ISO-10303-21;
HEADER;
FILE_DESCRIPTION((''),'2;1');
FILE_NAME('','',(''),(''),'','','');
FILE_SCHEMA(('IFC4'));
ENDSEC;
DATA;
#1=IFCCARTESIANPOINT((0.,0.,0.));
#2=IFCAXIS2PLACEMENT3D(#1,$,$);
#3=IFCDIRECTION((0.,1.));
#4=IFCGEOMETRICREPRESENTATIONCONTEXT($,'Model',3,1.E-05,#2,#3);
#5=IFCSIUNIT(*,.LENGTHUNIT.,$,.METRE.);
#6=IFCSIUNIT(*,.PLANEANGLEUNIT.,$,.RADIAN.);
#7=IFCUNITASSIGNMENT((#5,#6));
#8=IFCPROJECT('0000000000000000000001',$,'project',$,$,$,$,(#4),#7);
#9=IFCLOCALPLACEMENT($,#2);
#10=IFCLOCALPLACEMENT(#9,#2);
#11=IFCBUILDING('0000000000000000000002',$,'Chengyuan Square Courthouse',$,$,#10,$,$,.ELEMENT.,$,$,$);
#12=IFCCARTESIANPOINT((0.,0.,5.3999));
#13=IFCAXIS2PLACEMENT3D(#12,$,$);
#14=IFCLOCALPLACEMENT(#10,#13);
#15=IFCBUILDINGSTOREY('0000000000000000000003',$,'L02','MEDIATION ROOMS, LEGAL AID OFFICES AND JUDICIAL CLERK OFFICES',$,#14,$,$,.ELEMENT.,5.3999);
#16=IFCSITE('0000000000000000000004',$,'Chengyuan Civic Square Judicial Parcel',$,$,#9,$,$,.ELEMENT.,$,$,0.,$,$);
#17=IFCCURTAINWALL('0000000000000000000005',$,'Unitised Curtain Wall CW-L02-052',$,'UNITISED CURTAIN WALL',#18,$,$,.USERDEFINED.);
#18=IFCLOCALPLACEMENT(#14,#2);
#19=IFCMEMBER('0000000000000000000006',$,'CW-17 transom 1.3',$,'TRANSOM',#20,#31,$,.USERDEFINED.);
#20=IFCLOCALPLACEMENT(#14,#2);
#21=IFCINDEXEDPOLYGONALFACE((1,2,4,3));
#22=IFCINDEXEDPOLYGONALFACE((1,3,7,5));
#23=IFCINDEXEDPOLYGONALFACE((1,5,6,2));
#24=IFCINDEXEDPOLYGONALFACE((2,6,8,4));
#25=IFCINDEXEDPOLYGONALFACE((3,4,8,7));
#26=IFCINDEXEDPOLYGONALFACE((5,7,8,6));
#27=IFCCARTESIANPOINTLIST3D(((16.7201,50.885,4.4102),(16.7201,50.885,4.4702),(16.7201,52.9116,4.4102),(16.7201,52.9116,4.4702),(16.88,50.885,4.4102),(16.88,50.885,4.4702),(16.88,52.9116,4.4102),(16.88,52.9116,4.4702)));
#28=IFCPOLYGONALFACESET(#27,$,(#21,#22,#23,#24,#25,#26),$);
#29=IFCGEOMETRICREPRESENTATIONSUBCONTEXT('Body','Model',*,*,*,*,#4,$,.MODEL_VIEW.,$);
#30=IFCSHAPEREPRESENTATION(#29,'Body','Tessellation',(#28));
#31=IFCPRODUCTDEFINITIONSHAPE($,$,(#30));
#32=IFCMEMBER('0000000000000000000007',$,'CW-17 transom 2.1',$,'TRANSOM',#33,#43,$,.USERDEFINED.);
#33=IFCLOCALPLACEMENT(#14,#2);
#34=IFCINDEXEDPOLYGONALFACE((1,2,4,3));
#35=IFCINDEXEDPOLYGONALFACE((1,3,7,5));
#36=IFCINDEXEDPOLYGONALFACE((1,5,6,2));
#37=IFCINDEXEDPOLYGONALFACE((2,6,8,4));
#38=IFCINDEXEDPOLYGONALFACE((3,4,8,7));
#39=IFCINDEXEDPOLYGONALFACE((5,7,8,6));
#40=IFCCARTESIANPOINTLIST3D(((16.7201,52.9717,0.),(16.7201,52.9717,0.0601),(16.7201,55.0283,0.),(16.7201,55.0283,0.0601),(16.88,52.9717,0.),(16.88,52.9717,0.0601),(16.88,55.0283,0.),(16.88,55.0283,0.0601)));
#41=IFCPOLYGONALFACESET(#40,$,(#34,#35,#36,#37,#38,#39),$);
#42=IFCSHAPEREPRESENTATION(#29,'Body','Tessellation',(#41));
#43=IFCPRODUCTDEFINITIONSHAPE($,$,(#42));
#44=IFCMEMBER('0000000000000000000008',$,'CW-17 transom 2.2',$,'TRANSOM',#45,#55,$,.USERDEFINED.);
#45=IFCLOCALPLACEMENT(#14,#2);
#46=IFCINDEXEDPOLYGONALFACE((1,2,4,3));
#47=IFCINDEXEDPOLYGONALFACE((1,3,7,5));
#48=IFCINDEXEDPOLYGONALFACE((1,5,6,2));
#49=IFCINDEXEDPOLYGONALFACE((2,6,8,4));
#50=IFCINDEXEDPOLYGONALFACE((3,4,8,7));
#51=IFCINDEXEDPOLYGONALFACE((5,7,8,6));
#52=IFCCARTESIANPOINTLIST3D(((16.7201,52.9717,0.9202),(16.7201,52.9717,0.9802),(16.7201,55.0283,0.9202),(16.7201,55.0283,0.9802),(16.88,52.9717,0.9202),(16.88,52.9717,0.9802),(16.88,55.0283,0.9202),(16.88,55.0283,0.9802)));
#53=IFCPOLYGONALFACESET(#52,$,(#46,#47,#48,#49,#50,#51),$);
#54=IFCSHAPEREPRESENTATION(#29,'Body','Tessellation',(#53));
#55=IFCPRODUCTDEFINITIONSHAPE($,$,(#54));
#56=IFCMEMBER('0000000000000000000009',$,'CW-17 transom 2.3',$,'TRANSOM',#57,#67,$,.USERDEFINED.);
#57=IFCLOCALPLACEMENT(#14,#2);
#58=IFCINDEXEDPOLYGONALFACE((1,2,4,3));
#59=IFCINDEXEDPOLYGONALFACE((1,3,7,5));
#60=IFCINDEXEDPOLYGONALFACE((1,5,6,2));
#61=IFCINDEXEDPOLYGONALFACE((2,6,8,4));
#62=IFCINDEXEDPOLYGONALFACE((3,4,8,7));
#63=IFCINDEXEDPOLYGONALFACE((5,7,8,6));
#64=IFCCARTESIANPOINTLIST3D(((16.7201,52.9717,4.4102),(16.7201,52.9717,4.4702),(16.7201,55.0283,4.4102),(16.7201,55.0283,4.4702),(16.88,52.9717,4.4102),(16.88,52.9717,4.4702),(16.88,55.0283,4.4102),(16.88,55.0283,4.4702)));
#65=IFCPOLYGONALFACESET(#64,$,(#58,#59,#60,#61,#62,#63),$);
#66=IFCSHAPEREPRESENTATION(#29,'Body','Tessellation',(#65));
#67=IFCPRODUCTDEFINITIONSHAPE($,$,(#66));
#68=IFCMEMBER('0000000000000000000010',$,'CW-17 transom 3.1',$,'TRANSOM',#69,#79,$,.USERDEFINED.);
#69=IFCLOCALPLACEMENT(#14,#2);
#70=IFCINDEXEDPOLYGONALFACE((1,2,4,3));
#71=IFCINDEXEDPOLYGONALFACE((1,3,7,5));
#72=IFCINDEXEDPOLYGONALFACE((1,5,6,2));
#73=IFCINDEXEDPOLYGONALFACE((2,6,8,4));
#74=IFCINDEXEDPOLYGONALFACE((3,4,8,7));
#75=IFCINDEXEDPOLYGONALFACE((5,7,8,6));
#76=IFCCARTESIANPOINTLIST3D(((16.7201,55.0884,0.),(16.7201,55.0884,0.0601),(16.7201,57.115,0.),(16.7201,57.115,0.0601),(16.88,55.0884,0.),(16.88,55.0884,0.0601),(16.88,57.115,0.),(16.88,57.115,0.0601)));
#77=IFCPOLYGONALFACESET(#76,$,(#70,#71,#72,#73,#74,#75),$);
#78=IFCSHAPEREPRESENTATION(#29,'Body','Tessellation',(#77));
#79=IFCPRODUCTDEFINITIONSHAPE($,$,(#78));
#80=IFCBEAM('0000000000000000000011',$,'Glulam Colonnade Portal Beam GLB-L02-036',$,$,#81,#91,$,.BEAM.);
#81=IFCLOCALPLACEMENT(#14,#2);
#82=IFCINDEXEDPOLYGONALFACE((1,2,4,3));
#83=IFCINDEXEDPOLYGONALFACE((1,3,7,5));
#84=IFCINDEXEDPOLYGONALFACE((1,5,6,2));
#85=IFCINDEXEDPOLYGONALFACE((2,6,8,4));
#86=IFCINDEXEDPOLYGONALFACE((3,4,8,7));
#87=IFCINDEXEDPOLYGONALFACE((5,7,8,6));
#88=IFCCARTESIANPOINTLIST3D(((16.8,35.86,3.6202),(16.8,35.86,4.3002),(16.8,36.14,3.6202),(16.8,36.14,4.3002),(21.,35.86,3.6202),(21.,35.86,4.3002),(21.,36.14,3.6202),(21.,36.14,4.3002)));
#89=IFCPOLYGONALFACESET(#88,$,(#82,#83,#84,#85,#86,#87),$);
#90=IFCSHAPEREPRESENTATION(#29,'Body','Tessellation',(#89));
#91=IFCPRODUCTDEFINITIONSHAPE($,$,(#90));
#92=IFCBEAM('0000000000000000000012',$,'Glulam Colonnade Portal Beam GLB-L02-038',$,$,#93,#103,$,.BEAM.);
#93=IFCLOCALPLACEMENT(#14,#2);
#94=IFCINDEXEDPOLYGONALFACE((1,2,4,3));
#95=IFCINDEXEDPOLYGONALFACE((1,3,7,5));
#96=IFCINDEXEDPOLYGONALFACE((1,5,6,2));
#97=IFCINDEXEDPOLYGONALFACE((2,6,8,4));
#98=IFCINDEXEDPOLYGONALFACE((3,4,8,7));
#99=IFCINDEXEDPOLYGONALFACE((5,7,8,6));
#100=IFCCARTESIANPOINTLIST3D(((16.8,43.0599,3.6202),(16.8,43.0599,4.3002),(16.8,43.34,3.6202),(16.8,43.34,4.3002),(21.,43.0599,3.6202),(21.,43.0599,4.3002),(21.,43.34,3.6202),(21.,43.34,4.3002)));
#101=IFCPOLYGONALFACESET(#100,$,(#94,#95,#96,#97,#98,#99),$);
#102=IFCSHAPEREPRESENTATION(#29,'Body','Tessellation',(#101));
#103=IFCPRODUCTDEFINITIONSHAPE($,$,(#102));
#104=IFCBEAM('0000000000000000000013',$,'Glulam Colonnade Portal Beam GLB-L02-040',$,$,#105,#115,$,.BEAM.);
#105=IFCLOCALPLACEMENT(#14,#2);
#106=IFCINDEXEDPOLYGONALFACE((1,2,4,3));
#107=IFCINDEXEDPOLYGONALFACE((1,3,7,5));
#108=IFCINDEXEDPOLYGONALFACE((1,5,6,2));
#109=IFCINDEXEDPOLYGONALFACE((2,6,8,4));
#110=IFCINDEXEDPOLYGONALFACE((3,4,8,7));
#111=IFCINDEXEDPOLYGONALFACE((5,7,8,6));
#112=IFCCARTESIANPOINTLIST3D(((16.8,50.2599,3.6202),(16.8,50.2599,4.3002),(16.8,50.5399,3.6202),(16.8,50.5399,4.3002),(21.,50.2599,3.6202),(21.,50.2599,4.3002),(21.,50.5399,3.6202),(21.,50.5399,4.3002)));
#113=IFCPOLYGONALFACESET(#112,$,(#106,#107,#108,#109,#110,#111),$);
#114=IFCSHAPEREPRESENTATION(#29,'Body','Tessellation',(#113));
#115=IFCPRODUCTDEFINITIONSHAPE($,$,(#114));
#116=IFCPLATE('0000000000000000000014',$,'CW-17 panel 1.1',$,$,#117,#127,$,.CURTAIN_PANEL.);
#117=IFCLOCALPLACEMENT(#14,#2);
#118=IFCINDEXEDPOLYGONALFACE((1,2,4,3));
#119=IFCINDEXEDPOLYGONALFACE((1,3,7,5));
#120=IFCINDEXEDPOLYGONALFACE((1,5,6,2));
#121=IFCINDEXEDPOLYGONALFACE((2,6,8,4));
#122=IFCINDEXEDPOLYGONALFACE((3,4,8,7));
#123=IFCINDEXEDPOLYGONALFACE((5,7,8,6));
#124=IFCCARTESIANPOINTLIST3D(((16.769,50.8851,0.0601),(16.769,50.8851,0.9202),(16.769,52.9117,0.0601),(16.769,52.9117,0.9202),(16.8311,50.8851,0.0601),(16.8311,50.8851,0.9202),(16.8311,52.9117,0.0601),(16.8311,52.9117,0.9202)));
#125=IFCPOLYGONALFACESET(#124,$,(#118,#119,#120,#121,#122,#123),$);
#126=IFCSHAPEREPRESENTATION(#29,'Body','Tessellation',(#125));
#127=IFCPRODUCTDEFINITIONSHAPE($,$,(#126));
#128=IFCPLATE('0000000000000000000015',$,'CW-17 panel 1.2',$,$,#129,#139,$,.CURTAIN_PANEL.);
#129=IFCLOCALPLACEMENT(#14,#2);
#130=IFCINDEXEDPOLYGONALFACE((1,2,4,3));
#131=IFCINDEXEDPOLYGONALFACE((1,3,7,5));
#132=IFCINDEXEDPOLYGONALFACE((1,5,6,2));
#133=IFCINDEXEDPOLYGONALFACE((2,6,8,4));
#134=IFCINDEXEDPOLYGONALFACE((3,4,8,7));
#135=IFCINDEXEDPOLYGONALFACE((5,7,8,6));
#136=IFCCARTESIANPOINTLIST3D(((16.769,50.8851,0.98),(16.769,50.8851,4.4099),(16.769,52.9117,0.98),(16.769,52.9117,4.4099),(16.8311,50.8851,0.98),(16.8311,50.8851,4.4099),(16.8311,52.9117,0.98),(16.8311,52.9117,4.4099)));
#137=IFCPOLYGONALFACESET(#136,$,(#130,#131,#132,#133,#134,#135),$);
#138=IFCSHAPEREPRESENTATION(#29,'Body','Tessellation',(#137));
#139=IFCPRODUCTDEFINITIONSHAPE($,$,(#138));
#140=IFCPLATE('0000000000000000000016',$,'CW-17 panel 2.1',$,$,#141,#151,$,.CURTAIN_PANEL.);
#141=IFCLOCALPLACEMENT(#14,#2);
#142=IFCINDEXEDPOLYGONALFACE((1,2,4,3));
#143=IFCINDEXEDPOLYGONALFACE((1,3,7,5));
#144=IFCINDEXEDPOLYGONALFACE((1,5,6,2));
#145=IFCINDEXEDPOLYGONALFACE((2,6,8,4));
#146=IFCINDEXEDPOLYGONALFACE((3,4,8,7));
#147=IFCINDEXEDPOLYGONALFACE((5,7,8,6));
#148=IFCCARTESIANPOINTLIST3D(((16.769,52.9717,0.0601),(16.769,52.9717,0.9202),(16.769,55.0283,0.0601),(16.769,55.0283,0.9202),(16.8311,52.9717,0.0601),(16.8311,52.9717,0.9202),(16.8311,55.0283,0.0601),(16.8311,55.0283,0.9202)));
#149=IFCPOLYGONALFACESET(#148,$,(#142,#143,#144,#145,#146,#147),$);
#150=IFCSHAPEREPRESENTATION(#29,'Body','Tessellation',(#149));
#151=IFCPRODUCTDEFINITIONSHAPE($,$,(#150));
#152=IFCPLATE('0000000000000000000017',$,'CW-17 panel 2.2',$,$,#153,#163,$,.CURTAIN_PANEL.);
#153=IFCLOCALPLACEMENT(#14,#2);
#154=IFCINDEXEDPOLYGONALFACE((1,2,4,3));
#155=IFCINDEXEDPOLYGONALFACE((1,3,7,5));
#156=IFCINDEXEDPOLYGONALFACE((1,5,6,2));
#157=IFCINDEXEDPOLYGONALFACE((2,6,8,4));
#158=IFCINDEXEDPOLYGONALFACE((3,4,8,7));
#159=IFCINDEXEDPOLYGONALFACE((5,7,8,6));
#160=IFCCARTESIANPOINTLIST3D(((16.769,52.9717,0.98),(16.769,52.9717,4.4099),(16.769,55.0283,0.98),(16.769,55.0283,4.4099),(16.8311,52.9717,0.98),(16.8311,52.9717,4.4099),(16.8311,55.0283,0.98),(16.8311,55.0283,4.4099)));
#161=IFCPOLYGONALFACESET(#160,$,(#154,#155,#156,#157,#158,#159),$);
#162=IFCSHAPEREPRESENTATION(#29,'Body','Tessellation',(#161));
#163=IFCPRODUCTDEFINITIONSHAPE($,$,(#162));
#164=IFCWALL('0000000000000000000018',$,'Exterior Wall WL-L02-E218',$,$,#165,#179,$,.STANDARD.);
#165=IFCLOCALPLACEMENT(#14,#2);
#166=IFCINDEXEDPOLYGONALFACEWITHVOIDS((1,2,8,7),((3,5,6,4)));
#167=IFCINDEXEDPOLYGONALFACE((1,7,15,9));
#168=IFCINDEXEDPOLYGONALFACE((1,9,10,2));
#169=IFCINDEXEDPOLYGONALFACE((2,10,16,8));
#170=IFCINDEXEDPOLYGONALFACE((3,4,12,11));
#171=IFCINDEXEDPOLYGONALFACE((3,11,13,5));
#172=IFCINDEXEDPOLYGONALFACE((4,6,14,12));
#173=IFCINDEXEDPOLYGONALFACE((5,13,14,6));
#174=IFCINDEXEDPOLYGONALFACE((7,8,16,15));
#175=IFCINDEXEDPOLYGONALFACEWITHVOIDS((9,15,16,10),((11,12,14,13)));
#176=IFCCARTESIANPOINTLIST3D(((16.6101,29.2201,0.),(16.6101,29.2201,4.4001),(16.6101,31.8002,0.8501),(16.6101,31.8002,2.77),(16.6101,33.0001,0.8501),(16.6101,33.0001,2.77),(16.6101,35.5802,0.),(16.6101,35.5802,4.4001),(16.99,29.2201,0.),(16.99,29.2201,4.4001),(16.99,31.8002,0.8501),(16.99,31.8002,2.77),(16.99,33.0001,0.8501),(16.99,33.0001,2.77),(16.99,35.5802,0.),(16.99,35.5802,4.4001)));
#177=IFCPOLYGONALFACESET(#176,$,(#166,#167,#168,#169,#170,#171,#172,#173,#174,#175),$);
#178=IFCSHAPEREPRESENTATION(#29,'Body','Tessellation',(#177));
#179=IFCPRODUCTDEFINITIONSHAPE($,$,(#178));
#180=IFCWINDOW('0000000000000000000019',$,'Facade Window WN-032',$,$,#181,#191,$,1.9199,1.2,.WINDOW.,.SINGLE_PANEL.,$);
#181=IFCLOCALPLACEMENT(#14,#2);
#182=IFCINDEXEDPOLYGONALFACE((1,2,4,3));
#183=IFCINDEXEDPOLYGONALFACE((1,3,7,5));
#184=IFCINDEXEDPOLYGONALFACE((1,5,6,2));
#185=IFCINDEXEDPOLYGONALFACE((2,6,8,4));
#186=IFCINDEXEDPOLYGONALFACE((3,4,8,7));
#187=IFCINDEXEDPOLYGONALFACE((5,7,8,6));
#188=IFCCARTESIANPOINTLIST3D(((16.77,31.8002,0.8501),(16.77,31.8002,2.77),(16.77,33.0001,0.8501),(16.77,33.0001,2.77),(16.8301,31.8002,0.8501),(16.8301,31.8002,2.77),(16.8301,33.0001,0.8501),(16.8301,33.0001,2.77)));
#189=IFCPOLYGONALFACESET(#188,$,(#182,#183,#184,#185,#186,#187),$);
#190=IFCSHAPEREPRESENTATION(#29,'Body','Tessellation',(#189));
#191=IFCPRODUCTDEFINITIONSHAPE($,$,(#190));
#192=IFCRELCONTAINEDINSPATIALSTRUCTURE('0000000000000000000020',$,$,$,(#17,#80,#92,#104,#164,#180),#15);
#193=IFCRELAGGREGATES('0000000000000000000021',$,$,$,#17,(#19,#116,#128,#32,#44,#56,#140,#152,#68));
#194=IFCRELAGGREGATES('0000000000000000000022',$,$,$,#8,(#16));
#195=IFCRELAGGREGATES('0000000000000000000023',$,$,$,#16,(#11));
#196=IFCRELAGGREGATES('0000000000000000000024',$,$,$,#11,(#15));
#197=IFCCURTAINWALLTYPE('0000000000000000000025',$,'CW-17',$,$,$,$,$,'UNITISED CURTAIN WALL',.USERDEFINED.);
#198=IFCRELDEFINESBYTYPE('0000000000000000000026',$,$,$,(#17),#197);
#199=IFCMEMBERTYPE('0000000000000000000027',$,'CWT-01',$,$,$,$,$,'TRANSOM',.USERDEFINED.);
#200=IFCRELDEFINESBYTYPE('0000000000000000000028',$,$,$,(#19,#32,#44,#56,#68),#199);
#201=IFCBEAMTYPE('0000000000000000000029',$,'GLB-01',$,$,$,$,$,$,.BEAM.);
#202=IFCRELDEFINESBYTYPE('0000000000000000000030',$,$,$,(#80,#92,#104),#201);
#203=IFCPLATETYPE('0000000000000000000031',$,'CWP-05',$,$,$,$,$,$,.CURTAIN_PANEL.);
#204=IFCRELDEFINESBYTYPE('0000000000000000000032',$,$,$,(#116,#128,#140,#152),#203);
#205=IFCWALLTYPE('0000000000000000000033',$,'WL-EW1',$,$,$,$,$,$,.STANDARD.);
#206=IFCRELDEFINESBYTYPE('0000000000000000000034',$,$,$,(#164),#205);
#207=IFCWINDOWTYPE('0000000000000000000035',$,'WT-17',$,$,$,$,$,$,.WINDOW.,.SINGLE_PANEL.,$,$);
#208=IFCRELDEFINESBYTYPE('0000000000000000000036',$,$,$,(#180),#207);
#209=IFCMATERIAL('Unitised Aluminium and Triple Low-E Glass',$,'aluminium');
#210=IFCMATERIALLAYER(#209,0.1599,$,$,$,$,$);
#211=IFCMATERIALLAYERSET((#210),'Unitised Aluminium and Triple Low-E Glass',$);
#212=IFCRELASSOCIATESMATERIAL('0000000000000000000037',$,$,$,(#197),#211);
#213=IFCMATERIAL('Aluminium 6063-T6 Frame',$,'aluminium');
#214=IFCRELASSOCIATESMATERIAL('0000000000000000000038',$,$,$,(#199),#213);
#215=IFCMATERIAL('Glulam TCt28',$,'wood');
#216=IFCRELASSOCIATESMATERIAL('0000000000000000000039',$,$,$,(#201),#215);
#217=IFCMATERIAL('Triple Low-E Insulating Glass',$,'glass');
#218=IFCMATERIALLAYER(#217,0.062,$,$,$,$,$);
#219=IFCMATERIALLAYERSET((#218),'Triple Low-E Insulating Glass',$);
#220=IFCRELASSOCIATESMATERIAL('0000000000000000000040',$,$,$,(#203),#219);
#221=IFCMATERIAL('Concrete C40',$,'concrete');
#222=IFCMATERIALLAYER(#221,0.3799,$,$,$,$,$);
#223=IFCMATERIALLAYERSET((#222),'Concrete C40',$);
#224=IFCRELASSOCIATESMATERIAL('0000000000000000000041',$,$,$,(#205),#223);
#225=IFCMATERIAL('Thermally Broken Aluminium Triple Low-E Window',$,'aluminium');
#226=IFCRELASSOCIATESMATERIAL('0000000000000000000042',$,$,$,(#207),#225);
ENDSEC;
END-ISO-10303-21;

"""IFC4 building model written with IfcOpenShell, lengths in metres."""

from ifc_helpers import new_model, si_unit, direction, frame, frame_2d, origin, origin_2d, place, context, subcontext, project, spatial, rectangle, extrude, material, layer, layer_set, material_profile, profile_set, type_object, element, fill, aggregate, save


model = new_model("IFC4")

# Units and contexts
model_context = context("Model", 3, precision=1e-05, world=origin(), true_north=direction((0.0, 1.0)))
body_context = subcontext(model_context, "Body", "Model", "MODEL_VIEW")
ifc_project = project(units=[si_unit("LENGTHUNIT", "METRE"), si_unit("PLANEANGLEUNIT", "RADIAN")], contexts=[model_context])

# Site, building, storey
site_placement = place(None, origin())
site = spatial("IfcSite", under=ifc_project, at=site_placement, Name="Chengyuan Civic Square Judicial Parcel", CompositionType="ELEMENT", RefElevation=0.0)
building_placement = place(site_placement, origin())
building = spatial("IfcBuilding", under=site, at=building_placement, Name="Chengyuan Square Courthouse", CompositionType="ELEMENT")
storey_placement = place(building_placement, frame((0.0, 0.0, 5.3999)))
storey = spatial("IfcBuildingStorey", under=building, at=storey_placement, Name="L02", Description="MEDIATION ROOMS, LEGAL AID OFFICES AND JUDICIAL CLERK OFFICES", CompositionType="ELEMENT", Elevation=5.3999)

# Shared definitions
ifc_material_1 = material(Name="Concrete C40", Category="concrete")

# Curtain wall, members
ifc_material_2 = material(Name="Unitised Aluminium and Triple Low-E Glass", Category="aluminium")
ifc_layer_1 = layer(ifc_material_2, 0.1599)
ifc_layer_set_1 = layer_set([ifc_layer_1], Name="Unitised Aluminium and Triple Low-E Glass")
curtain_wall_type = type_object("IfcCurtainWallType", Name="CW-17", ElementType="UNITISED CURTAIN WALL", PredefinedType="USERDEFINED", material=ifc_layer_set_1)
curtain_wall_placement = place(storey_placement, origin())
curtain_wall = element("IfcCurtainWall", 1, at=curtain_wall_placement, inside=storey, type_object=curtain_wall_type, Name="Unitised Curtain Wall CW-L02-052", ObjectType="UNITISED CURTAIN WALL", PredefinedType="USERDEFINED")
ifc_material_3 = material(Name="Aluminium 6063-T6 Frame", Category="aluminium")
ifc_material_profile_1 = material_profile(ifc_material_3, rectangle(XDim=0.1599, YDim=0.0601, at=origin_2d()), Name="CW-TRN-60x120")
ifc_profile_set_1 = profile_set([ifc_material_profile_1], Name="Aluminium 6063-T6 Frame")
member_type_1 = type_object("IfcMemberType", Name="CWT-01", ElementType="TRANSOM", PredefinedType="USERDEFINED", material=ifc_profile_set_1)
member_1_placement = place(storey_placement, frame((16.8, 50.885, 4.4402), z_axis=(0.0, 1.0, 0.0), x_axis=(-1.0, 0.0, 0.0)))
member_1 = element("IfcMember", 2, at=member_1_placement, type_object=member_type_1, Name="CW-17 transom 1.3", ObjectType="TRANSOM", PredefinedType="USERDEFINED", context=body_context, shape_type="SweptSolid", body=[
    extrude(rectangle(XDim=0.1599, YDim=0.0601, at=origin_2d()), origin(), (0.0, 0.0, 1.0), 2.0266),
])
member_2_placement = place(storey_placement, frame((16.8, 52.9717, 0.03), z_axis=(0.0, 1.0, 0.0), x_axis=(-1.0, 0.0, 0.0)))
member_2 = element("IfcMember", 3, at=member_2_placement, type_object=member_type_1, Name="CW-17 transom 2.1", ObjectType="TRANSOM", PredefinedType="USERDEFINED", context=body_context, shape_type="SweptSolid", body=[
    extrude(rectangle(XDim=0.1599, YDim=0.0601, at=origin_2d()), origin(), (0.0, 0.0, 1.0), 2.0566),
])
member_3_placement = place(storey_placement, frame((16.8, 52.9717, 0.9502), z_axis=(0.0, 1.0, 0.0), x_axis=(-1.0, 0.0, 0.0)))
member_3 = element("IfcMember", 4, at=member_3_placement, type_object=member_type_1, Name="CW-17 transom 2.2", ObjectType="TRANSOM", PredefinedType="USERDEFINED", context=body_context, shape_type="SweptSolid", body=[
    extrude(rectangle(XDim=0.1599, YDim=0.0601, at=origin_2d()), origin(), (0.0, 0.0, 1.0), 2.0566),
])
member_4_placement = place(storey_placement, frame((16.8, 52.9717, 4.4402), z_axis=(0.0, 1.0, 0.0), x_axis=(-1.0, 0.0, 0.0)))
member_4 = element("IfcMember", 5, at=member_4_placement, type_object=member_type_1, Name="CW-17 transom 2.3", ObjectType="TRANSOM", PredefinedType="USERDEFINED", context=body_context, shape_type="SweptSolid", body=[
    extrude(rectangle(XDim=0.1599, YDim=0.0601, at=origin_2d()), origin(), (0.0, 0.0, 1.0), 2.0566),
])
member_5_placement = place(storey_placement, frame((16.8, 55.0884, 0.03), z_axis=(0.0, 1.0, 0.0), x_axis=(-1.0, 0.0, 0.0)))
member_5 = element("IfcMember", 6, at=member_5_placement, type_object=member_type_1, Name="CW-17 transom 3.1", ObjectType="TRANSOM", PredefinedType="USERDEFINED", context=body_context, shape_type="SweptSolid", body=[
    extrude(rectangle(XDim=0.1599, YDim=0.0601, at=origin_2d()), origin(), (0.0, 0.0, 1.0), 2.0266),
])

# Beams
ifc_material_4 = material(Name="Glulam TCt28", Category="wood")
ifc_material_profile_2 = material_profile(ifc_material_4, rectangle(XDim=0.28, YDim=0.6799, at=origin_2d()), Name="GL-BM-280x680")
ifc_profile_set_2 = profile_set([ifc_material_profile_2], Name="Glulam TCt28")
beam_type_1 = type_object("IfcBeamType", Name="GLB-01", PredefinedType="BEAM", material=ifc_profile_set_2)
for number, where, z_axis, x_axis, name in (
    (7, (16.8, 36.0, 3.9602), (1.0, 0.0, 0.0), (0.0, 1.0, 0.0), "Glulam Colonnade Portal Beam GLB-L02-036"),
    (8, (16.8, 43.2, 3.9602), (1.0, 0.0, 0.0), (0.0, 1.0, 0.0), "Glulam Colonnade Portal Beam GLB-L02-038"),
    (9, (16.8, 50.3999, 3.9602), (1.0, 0.0, 0.0), (0.0, 1.0, 0.0), "Glulam Colonnade Portal Beam GLB-L02-040"),
):
    element("IfcBeam", number, at=place(storey_placement, frame(where, z_axis=z_axis, x_axis=x_axis)), inside=storey, type_object=beam_type_1, Name=name, PredefinedType="BEAM", context=body_context, shape_type="SweptSolid", body=[
        extrude(rectangle(XDim=0.28, YDim=0.6799, at=origin_2d()), origin(), (0.0, 0.0, 1.0), 4.2),
    ])

# Plates
ifc_material_5 = material(Name="Triple Low-E Insulating Glass", Category="glass")
ifc_layer_2 = layer(ifc_material_5, 0.062)
ifc_layer_set_2 = layer_set([ifc_layer_2], Name="Triple Low-E Insulating Glass")
plate_type = type_object("IfcPlateType", Name="CWP-05", PredefinedType="CURTAIN_PANEL", material=ifc_layer_set_2)
plate_1_placement = place(storey_placement, frame((16.8, 51.8984, 0.0601), z_axis=(0.0, 0.0, 1.0), x_axis=(0.0, 1.0, 0.0)))
plate_1 = element("IfcPlate", 10, at=plate_1_placement, type_object=plate_type, Name="CW-17 panel 1.1", PredefinedType="CURTAIN_PANEL", context=body_context, shape_type="SweptSolid", body=[
    extrude(rectangle(XDim=2.0266, YDim=0.062, at=origin_2d()), origin(), (0.0, 0.0, 1.0), 0.8601),
])
plate_2_placement = place(storey_placement, frame((16.8, 51.8984, 0.98), z_axis=(0.0, 0.0, 1.0), x_axis=(0.0, 1.0, 0.0)))
plate_2 = element("IfcPlate", 11, at=plate_2_placement, type_object=plate_type, Name="CW-17 panel 1.2", PredefinedType="CURTAIN_PANEL", context=body_context, shape_type="SweptSolid", body=[
    extrude(rectangle(XDim=2.0266, YDim=0.062, at=origin_2d()), origin(), (0.0, 0.0, 1.0), 3.4299),
])
plate_3_placement = place(storey_placement, frame((16.8, 54.0, 0.0601), z_axis=(0.0, 0.0, 1.0), x_axis=(0.0, 1.0, 0.0)))
plate_3 = element("IfcPlate", 12, at=plate_3_placement, type_object=plate_type, Name="CW-17 panel 2.1", PredefinedType="CURTAIN_PANEL", context=body_context, shape_type="SweptSolid", body=[
    extrude(rectangle(XDim=2.0566, YDim=0.062, at=origin_2d()), origin(), (0.0, 0.0, 1.0), 0.8601),
])
plate_4_placement = place(storey_placement, frame((16.8, 54.0, 0.98), z_axis=(0.0, 0.0, 1.0), x_axis=(0.0, 1.0, 0.0)))
plate_4 = element("IfcPlate", 13, at=plate_4_placement, type_object=plate_type, Name="CW-17 panel 2.2", PredefinedType="CURTAIN_PANEL", context=body_context, shape_type="SweptSolid", body=[
    extrude(rectangle(XDim=2.0566, YDim=0.062, at=origin_2d()), origin(), (0.0, 0.0, 1.0), 3.4299),
])
aggregate(curtain_wall, [member_1, plate_1, plate_2, member_2, member_3, member_4, plate_3, plate_4, member_5])

# Wall, opening, window
ifc_layer_3 = layer(ifc_material_1, 0.3799)
ifc_layer_set_3 = layer_set([ifc_layer_3], Name="Concrete C40")
wall_type_1 = type_object("IfcWallType", Name="WL-EW1", PredefinedType="STANDARD", material=ifc_layer_set_3)
wall_1_placement = place(storey_placement, frame((16.8, 29.22, 0.0), z_axis=(0.0, 0.0, 1.0), x_axis=(0.0, 1.0, 0.0)))
wall_1 = element("IfcWall", 14, at=wall_1_placement, inside=storey, type_object=wall_type_1, Name="Exterior Wall WL-L02-E218", PredefinedType="STANDARD", context=body_context, shape_type="SweptSolid", body=[
    extrude(rectangle(XDim=6.3601, YDim=0.3799, at=frame_2d((3.1802, 0.0))), origin(), (0.0, 0.0, 1.0), 4.4001),
])
opening_1_placement = place(wall_1_placement, frame((2.5801, 0.0, 0.8501)))
opening_1 = element("IfcOpeningElement", 15, at=opening_1_placement, cuts=wall_1, PredefinedType="OPENING", context=body_context, shape_type="SweptSolid", body=[
    extrude(rectangle(XDim=1.2, YDim=1.9199, at=frame_2d((0.6001, 0.96))), frame((0.0, 0.2019, 0.0), z_axis=(0.0, -1.0, 0.0), x_axis=(1.0, 0.0, 0.0)), (0.0, 0.0, 1.0), 0.4038),
])
ifc_material_6 = material(Name="Thermally Broken Aluminium Triple Low-E Window", Category="aluminium")
window_type_1 = type_object("IfcWindowType", Name="WT-17", PartitioningType="SINGLE_PANEL", PredefinedType="WINDOW", material=ifc_material_6)
window_1_placement = place(opening_1_placement, origin())
window_1 = element("IfcWindow", 16, at=window_1_placement, inside=storey, type_object=window_type_1, Name="Facade Window WN-032", OverallHeight=1.9199, OverallWidth=1.2, PartitioningType="SINGLE_PANEL", PredefinedType="WINDOW", context=body_context, shape_type="SweptSolid", body=[
    extrude(rectangle(XDim=1.2, YDim=1.9199, at=frame_2d((0.6001, 0.96))), frame((0.0, 0.03, 0.0), z_axis=(0.0, -1.0, 0.0), x_axis=(1.0, 0.0, 0.0)), (0.0, 0.0, 1.0), 0.0601),
])
fill(opening_1, window_1)

save(model, "model.ifc")
